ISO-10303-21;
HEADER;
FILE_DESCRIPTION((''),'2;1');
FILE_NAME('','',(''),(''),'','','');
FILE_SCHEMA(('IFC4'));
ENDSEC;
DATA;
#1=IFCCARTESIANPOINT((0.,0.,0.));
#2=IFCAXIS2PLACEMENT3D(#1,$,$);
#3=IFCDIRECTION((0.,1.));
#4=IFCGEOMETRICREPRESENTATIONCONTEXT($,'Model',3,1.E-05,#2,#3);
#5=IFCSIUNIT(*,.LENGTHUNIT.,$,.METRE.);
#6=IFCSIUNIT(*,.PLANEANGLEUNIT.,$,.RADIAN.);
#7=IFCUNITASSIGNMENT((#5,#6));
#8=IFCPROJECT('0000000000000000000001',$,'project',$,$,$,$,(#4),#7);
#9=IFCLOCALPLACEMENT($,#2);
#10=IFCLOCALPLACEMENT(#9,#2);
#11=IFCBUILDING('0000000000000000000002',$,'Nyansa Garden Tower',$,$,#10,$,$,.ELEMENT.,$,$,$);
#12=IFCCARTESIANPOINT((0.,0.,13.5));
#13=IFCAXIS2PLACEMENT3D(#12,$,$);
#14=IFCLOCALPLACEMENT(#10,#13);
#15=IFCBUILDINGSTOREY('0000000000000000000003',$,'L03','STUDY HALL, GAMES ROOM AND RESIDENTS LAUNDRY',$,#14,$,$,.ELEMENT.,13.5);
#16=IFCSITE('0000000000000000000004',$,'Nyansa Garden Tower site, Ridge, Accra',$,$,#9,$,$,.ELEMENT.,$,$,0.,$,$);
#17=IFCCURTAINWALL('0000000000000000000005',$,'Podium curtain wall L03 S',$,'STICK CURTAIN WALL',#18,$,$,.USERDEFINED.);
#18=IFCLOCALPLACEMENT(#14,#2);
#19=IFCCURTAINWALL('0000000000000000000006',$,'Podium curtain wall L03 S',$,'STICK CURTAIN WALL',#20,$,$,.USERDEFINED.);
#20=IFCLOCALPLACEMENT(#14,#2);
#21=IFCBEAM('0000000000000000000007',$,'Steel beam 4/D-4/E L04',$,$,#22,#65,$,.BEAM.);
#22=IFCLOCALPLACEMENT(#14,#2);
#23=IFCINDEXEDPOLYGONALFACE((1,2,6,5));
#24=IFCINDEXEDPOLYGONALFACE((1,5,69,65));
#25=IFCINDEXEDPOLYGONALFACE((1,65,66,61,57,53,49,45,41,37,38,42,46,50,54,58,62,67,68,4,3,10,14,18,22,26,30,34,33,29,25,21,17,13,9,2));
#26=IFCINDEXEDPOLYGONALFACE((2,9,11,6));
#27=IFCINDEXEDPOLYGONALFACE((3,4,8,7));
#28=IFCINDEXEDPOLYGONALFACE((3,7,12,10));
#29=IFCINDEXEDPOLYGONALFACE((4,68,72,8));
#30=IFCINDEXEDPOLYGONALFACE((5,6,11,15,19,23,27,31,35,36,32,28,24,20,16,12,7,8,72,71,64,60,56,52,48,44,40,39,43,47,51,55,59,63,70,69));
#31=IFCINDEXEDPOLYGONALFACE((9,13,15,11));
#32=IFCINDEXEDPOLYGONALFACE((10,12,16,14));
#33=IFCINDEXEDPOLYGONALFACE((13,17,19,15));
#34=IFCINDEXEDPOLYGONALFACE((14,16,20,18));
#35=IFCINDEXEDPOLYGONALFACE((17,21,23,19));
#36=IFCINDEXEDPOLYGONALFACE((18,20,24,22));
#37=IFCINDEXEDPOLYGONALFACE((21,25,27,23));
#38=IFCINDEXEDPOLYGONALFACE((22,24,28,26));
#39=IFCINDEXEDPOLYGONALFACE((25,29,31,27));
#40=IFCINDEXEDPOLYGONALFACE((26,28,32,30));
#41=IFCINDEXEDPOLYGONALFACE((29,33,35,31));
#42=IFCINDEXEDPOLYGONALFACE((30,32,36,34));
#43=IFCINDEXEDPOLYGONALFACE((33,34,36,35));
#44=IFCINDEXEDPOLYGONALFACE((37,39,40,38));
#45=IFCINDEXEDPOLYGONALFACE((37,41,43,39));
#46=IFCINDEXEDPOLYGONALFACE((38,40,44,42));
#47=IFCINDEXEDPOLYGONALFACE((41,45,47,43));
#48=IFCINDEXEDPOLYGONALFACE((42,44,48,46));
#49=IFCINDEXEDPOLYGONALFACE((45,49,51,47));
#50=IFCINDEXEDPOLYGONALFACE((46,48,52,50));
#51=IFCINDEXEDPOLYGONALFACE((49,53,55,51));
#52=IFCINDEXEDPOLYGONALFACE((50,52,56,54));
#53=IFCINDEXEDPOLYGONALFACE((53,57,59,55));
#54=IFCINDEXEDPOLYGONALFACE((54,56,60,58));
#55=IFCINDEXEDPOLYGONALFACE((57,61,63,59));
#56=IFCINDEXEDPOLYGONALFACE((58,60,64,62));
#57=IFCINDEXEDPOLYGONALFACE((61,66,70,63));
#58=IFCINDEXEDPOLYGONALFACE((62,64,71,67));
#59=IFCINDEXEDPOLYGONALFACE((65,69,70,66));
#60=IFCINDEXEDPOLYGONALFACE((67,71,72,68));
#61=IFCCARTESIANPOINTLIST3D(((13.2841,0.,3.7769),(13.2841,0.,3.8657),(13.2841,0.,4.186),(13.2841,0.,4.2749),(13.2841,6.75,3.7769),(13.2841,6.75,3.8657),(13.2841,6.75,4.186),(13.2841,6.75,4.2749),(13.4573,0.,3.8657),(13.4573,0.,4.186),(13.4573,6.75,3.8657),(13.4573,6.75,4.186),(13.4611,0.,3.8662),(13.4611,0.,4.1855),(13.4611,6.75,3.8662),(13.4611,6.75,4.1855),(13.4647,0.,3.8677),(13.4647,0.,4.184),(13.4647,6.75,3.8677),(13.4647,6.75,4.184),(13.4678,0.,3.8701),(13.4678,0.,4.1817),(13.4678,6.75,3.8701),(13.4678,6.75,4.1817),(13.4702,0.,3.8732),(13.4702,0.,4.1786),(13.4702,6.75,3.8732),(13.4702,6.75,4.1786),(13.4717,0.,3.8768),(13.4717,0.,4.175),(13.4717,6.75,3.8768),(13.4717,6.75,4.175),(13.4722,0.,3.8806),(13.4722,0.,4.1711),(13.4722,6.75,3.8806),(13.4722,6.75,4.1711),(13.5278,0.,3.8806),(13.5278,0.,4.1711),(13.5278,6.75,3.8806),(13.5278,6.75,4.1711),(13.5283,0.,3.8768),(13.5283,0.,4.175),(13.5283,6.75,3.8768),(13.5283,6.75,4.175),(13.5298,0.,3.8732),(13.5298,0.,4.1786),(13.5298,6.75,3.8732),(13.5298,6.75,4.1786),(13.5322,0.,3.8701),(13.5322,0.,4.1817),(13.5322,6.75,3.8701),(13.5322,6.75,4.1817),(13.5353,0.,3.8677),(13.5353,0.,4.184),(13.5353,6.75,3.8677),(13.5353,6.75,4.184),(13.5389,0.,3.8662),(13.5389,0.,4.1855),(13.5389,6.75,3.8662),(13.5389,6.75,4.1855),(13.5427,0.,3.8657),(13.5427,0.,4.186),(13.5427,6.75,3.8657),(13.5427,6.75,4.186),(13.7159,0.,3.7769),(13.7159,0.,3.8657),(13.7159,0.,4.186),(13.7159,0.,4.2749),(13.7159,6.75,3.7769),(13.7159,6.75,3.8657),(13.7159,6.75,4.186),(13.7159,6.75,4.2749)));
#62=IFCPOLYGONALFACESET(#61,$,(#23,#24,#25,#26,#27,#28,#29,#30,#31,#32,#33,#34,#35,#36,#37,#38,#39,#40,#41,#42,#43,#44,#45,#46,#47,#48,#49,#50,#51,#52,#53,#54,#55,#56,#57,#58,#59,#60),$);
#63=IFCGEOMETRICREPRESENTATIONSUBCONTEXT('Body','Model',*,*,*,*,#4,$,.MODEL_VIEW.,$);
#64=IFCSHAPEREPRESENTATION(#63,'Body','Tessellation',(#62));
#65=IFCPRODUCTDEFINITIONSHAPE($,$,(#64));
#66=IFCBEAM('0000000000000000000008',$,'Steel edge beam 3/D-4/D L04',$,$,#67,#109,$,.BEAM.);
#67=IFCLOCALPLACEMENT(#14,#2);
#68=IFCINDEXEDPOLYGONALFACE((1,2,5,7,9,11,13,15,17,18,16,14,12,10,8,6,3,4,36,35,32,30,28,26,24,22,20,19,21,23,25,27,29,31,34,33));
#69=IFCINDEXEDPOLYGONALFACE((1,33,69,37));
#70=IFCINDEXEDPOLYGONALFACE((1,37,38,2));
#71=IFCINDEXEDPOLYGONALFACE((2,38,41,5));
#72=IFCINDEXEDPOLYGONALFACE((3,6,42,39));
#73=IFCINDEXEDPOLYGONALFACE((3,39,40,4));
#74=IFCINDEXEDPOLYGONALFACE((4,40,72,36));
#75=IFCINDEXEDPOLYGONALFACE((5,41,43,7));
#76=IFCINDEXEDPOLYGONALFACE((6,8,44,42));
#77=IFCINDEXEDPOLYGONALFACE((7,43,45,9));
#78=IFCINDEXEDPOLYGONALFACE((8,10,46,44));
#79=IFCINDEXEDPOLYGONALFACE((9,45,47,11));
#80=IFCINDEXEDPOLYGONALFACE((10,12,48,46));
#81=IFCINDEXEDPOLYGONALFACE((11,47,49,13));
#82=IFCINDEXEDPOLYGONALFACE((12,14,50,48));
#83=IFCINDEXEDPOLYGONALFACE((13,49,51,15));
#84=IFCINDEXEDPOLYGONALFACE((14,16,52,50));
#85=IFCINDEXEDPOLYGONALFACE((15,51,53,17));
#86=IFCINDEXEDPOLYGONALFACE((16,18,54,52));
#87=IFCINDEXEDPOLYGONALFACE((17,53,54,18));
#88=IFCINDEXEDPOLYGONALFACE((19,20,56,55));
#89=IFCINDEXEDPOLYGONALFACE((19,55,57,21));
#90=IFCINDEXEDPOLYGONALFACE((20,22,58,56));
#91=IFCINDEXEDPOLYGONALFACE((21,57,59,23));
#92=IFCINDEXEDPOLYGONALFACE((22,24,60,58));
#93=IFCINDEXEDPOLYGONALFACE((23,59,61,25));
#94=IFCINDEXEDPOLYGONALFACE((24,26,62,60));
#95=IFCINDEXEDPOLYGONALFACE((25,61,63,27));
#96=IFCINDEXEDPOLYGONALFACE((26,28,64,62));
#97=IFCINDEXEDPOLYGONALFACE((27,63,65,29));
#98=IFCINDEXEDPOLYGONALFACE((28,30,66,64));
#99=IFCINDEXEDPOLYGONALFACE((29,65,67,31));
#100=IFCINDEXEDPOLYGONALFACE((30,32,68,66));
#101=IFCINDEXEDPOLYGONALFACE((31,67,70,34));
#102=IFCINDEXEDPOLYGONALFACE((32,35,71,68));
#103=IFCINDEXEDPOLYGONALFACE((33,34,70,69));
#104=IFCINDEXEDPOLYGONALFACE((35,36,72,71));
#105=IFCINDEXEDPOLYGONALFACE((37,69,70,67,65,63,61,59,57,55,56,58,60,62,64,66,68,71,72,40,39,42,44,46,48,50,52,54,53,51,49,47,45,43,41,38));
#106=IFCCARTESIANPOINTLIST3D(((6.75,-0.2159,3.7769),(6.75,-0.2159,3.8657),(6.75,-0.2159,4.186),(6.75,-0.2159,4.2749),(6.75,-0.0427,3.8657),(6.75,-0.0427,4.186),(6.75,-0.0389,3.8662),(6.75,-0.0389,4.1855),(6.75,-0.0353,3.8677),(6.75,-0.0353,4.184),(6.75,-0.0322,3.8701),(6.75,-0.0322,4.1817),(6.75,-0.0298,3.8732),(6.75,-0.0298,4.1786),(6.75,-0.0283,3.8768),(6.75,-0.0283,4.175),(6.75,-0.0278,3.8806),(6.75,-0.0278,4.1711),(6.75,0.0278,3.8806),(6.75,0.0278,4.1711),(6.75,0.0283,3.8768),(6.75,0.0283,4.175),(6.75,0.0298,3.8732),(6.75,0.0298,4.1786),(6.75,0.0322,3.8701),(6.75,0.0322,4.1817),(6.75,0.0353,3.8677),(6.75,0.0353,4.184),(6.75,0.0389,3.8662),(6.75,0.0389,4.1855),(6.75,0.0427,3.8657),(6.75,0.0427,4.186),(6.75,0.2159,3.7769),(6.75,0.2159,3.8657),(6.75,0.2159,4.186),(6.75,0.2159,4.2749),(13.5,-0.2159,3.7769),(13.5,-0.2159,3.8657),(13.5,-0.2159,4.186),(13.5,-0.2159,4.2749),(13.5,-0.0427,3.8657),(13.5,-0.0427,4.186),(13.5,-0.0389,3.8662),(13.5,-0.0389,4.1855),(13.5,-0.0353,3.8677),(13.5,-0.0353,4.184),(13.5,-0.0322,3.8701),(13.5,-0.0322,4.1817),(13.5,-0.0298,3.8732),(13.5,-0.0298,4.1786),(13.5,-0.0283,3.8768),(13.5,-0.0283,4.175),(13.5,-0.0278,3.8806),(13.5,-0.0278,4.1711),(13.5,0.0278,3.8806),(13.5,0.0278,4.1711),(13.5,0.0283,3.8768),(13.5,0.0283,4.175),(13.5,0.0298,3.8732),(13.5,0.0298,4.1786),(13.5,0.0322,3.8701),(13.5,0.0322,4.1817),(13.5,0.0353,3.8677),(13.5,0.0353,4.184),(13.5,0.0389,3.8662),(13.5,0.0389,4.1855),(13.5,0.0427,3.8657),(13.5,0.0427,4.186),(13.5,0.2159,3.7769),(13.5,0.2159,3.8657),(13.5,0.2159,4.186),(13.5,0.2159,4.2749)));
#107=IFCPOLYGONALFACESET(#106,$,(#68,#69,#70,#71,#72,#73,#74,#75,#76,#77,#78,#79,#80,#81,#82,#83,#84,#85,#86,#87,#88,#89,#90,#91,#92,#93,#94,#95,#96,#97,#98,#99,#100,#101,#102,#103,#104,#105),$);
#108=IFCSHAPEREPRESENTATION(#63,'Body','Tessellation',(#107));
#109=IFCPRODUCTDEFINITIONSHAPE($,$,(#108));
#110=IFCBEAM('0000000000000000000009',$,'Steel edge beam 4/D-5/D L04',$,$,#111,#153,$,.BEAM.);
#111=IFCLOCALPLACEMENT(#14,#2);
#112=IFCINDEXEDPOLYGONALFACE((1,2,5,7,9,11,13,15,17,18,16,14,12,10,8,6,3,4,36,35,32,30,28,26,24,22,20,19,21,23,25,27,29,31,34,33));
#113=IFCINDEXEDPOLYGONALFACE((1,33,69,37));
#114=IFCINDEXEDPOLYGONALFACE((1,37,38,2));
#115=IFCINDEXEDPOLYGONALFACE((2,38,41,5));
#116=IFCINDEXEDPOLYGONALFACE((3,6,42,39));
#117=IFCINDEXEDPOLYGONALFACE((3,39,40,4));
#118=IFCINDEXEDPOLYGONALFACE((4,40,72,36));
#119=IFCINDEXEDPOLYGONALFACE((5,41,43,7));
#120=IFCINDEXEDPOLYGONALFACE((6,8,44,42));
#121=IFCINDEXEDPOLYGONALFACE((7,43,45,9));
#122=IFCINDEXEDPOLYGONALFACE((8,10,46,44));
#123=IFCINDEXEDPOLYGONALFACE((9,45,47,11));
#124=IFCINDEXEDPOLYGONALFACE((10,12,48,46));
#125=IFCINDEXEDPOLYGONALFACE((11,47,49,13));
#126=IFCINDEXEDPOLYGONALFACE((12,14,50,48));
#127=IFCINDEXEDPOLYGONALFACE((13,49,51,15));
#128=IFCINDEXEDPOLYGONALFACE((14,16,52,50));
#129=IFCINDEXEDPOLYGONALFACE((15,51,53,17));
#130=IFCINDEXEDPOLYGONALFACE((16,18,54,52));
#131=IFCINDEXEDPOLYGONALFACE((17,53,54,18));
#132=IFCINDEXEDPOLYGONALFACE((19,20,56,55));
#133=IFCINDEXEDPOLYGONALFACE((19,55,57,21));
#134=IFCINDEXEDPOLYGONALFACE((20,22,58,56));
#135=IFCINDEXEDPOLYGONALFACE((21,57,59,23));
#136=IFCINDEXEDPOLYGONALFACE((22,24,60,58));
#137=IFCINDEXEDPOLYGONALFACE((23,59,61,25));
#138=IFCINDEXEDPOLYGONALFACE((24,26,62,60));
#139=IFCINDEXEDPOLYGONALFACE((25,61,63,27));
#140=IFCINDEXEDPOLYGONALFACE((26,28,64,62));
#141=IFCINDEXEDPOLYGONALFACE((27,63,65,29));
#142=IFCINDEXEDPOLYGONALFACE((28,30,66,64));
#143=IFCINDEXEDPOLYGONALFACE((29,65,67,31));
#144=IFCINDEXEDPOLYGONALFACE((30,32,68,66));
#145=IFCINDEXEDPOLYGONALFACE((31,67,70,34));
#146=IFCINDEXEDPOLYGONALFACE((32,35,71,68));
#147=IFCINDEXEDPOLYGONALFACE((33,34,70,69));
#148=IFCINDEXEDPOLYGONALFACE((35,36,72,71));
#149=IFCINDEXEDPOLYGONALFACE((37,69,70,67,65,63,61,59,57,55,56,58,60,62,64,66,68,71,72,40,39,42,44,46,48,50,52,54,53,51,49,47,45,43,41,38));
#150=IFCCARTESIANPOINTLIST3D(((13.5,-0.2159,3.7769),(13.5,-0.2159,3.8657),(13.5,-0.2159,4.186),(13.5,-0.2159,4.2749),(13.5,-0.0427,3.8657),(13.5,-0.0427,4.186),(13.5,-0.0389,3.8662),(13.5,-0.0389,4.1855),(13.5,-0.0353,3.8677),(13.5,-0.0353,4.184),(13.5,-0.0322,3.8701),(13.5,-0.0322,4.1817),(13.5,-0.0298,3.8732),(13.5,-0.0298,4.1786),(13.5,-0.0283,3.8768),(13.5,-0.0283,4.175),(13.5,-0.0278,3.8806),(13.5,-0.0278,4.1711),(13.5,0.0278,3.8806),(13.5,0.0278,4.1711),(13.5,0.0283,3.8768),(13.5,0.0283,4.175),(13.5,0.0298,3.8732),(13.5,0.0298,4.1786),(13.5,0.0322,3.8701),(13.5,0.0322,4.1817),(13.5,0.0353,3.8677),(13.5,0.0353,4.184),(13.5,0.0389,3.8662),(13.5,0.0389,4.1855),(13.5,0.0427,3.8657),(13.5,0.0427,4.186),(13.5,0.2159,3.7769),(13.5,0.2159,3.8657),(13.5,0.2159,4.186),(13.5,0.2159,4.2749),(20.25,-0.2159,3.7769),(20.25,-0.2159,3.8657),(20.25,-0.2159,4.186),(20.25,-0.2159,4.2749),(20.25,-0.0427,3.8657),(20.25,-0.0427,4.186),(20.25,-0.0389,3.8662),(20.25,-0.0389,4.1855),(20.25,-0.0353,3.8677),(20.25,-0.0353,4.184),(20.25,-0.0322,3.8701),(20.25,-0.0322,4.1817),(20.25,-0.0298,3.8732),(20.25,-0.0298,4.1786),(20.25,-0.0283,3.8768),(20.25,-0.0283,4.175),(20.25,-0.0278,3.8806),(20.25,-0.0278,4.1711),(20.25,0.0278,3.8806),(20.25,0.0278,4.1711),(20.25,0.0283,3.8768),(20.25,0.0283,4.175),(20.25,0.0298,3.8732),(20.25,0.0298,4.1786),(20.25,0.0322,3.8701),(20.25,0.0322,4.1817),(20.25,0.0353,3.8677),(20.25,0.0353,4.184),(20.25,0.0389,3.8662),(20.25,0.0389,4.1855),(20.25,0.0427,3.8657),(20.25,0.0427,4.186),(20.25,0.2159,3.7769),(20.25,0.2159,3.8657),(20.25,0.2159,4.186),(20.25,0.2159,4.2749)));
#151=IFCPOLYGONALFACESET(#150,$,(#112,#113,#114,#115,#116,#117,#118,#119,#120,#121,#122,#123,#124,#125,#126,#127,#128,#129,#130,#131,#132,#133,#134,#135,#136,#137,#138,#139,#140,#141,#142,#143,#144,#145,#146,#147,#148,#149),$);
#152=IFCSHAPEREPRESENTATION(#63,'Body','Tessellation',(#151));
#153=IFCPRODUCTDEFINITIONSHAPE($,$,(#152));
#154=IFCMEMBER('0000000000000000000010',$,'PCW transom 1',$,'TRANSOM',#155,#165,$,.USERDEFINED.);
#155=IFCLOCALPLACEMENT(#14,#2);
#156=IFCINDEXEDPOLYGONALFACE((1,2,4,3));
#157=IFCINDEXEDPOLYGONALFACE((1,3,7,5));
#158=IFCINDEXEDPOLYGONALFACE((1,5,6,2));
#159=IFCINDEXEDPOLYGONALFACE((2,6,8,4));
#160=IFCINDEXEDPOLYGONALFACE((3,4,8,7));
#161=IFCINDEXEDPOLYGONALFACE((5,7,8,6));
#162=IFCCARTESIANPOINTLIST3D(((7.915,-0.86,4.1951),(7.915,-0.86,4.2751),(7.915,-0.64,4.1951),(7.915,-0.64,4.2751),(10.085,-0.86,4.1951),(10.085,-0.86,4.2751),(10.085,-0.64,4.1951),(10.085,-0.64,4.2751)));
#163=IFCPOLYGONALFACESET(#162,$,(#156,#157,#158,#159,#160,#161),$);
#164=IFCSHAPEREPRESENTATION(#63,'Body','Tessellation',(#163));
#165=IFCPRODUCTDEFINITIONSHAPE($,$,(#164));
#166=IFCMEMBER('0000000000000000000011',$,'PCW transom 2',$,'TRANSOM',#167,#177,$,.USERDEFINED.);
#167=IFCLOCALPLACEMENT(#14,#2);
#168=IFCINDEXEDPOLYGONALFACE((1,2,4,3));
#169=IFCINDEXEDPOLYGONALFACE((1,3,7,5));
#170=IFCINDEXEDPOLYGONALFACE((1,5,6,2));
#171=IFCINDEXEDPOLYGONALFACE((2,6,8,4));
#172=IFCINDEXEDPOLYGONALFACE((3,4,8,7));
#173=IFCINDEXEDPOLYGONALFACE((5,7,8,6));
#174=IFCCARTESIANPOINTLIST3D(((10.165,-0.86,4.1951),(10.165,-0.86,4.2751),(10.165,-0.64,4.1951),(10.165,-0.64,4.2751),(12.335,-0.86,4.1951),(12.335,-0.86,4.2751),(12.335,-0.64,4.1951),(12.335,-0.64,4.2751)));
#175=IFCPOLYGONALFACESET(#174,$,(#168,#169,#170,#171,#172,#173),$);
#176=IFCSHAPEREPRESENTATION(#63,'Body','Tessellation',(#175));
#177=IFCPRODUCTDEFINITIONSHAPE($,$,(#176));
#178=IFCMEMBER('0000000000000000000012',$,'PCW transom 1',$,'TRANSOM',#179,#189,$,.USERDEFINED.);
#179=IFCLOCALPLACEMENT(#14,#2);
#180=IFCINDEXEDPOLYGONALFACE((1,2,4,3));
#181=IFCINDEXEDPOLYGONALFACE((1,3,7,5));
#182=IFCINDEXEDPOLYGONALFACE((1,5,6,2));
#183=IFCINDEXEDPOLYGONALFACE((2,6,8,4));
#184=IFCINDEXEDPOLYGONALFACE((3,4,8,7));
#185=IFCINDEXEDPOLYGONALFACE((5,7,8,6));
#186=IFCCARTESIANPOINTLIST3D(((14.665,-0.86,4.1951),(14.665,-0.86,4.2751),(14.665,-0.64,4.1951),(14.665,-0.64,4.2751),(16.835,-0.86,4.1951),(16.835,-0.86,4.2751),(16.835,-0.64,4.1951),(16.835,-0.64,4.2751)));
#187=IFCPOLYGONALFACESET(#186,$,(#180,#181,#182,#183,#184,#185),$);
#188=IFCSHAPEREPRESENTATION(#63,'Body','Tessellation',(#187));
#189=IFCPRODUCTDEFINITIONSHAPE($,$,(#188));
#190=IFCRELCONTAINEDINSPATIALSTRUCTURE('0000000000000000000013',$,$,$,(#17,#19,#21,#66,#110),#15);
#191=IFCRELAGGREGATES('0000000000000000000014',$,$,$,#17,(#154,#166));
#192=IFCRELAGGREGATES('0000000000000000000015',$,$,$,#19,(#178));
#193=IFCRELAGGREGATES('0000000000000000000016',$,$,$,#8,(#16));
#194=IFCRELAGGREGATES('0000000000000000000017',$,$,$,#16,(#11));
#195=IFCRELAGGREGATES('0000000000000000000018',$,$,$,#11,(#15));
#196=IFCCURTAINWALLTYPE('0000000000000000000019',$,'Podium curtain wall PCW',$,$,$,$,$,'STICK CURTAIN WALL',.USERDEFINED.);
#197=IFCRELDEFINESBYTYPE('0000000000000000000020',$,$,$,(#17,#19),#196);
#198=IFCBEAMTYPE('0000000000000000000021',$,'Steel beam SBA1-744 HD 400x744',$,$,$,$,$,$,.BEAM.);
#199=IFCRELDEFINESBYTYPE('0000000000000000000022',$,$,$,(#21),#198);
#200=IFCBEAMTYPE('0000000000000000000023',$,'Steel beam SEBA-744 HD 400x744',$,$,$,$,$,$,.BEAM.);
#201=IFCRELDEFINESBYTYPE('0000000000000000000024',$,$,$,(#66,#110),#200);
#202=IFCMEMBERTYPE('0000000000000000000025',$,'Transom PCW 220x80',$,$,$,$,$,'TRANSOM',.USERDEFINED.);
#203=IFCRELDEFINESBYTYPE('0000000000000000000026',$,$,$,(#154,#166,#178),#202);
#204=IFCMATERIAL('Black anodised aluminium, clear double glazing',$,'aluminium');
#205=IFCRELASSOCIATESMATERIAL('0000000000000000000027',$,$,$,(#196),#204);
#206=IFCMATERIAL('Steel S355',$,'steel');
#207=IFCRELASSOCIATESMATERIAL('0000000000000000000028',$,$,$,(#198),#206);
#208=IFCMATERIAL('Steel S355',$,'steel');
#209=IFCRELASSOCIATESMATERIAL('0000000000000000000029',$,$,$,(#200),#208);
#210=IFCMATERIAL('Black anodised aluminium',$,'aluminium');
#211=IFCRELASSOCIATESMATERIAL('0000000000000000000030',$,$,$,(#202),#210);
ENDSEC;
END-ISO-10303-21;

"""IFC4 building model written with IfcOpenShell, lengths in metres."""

from ifc_helpers import new_model, si_unit, direction, frame, origin, origin_2d, place, context, subcontext, project, spatial, rectangle, i_section, extrude, material, material_profile, profile_set, type_object, element, aggregate, save


model = new_model("IFC4")

# Units and contexts
model_context = context("Model", 3, precision=1e-05, world=origin(), true_north=direction((0.0, 1.0)))
body_context = subcontext(model_context, "Body", "Model", "MODEL_VIEW")
ifc_project = project(units=[si_unit("LENGTHUNIT", "METRE"), si_unit("PLANEANGLEUNIT", "RADIAN")], contexts=[model_context])

# Site, building, storey
site_placement = place(None, origin())
site = spatial("IfcSite", under=ifc_project, at=site_placement, Name="Nyansa Garden Tower site, Ridge, Accra", CompositionType="ELEMENT", RefElevation=0.0)
building_placement = place(site_placement, origin())
building = spatial("IfcBuilding", under=site, at=building_placement, Name="Nyansa Garden Tower", CompositionType="ELEMENT")
storey_placement = place(building_placement, frame((0.0, 0.0, 13.5)))
storey = spatial("IfcBuildingStorey", under=building, at=storey_placement, Name="L03", Description="STUDY HALL, GAMES ROOM AND RESIDENTS LAUNDRY", CompositionType="ELEMENT", Elevation=13.5)

# Curtain walls
ifc_material_1 = material(Name="Black anodised aluminium, clear double glazing", Category="aluminium")
curtain_wall_type = type_object("IfcCurtainWallType", Name="Podium curtain wall PCW", ElementType="STICK CURTAIN WALL", PredefinedType="USERDEFINED", material=ifc_material_1)
curtain_wall_1_placement = place(storey_placement, origin())
curtain_wall_1 = element("IfcCurtainWall", 1, at=curtain_wall_1_placement, inside=storey, type_object=curtain_wall_type, Name="Podium curtain wall L03 S", ObjectType="STICK CURTAIN WALL", PredefinedType="USERDEFINED")
curtain_wall_2_placement = place(storey_placement, origin())
curtain_wall_2 = element("IfcCurtainWall", 2, at=curtain_wall_2_placement, inside=storey, type_object=curtain_wall_type, Name="Podium curtain wall L03 S", ObjectType="STICK CURTAIN WALL", PredefinedType="USERDEFINED")

# Beams
ifc_material_2 = material(Name="Steel S355", Category="steel")
ifc_material_profile_1 = material_profile(ifc_material_2, i_section(OverallWidth=0.4319, OverallDepth=0.498, WebThickness=0.0557, FlangeThickness=0.0889, FilletRadius=0.0149, at=origin_2d()), Name="HD 400x744")
ifc_profile_set_1 = profile_set([ifc_material_profile_1], Name="Steel S355")
beam_type_1 = type_object("IfcBeamType", Name="Steel beam SBA1-744 HD 400x744", PredefinedType="BEAM", material=ifc_profile_set_1)
for number, where, z_axis, x_axis, name in (
    (3, (13.5, 0.0, 4.0259), (0.0, 1.0, 0.0), (-1.0, 0.0, 0.0), "Steel beam 4/D-4/E L04"),
):
    element("IfcBeam", number, at=place(storey_placement, frame(where, z_axis=z_axis, x_axis=x_axis)), inside=storey, type_object=beam_type_1, Name=name, PredefinedType="BEAM", context=body_context, shape_type="SweptSolid", body=[
        extrude(i_section(OverallWidth=0.4319, OverallDepth=0.498, WebThickness=0.0557, FlangeThickness=0.0889, FilletRadius=0.0149, at=origin_2d()), origin(), (0.0, 0.0, 1.0), 6.75),
    ])
ifc_material_3 = material(Name="Steel S355", Category="steel")
ifc_material_profile_2 = material_profile(ifc_material_3, i_section(OverallWidth=0.4319, OverallDepth=0.498, WebThickness=0.0557, FlangeThickness=0.0889, FilletRadius=0.0149, at=origin_2d()), Name="HD 400x744")
ifc_profile_set_2 = profile_set([ifc_material_profile_2], Name="Steel S355")
beam_type_2 = type_object("IfcBeamType", Name="Steel beam SEBA-744 HD 400x744", PredefinedType="BEAM", material=ifc_profile_set_2)
for number, where, z_axis, x_axis, name in (
    (4, (6.75, 0.0, 4.0259), (1.0, 0.0, 0.0), (0.0, 1.0, 0.0), "Steel edge beam 3/D-4/D L04"),
    (5, (13.5, 0.0, 4.0259), (1.0, 0.0, 0.0), (0.0, 1.0, 0.0), "Steel edge beam 4/D-5/D L04"),
):
    element("IfcBeam", number, at=place(storey_placement, frame(where, z_axis=z_axis, x_axis=x_axis)), inside=storey, type_object=beam_type_2, Name=name, PredefinedType="BEAM", context=body_context, shape_type="SweptSolid", body=[
        extrude(i_section(OverallWidth=0.4319, OverallDepth=0.498, WebThickness=0.0557, FlangeThickness=0.0889, FilletRadius=0.0149, at=origin_2d()), origin(), (0.0, 0.0, 1.0), 6.75),
    ])

# Members
ifc_material_4 = material(Name="Black anodised aluminium", Category="aluminium")
ifc_material_profile_3 = material_profile(ifc_material_4, rectangle(XDim=0.22, YDim=0.0801, at=origin_2d()), Name="Transom 220x80")
ifc_profile_set_3 = profile_set([ifc_material_profile_3], Name="Black anodised aluminium")
member_type_1 = type_object("IfcMemberType", Name="Transom PCW 220x80", ElementType="TRANSOM", PredefinedType="USERDEFINED", material=ifc_profile_set_3)
member_1_placement = place(storey_placement, frame((7.915, -0.75, 4.2351), z_axis=(1.0, 0.0, 0.0), x_axis=(0.0, 1.0, 0.0)))
member_1 = element("IfcMember", 6, at=member_1_placement, type_object=member_type_1, Name="PCW transom 1", ObjectType="TRANSOM", PredefinedType="USERDEFINED", context=body_context, shape_type="SweptSolid", body=[
    extrude(rectangle(XDim=0.22, YDim=0.0801, at=origin_2d()), origin(), (0.0, 0.0, 1.0), 2.1699),
])
member_2_placement = place(storey_placement, frame((10.165, -0.75, 4.2351), z_axis=(1.0, 0.0, 0.0), x_axis=(0.0, 1.0, 0.0)))
member_2 = element("IfcMember", 7, at=member_2_placement, type_object=member_type_1, Name="PCW transom 2", ObjectType="TRANSOM", PredefinedType="USERDEFINED", context=body_context, shape_type="SweptSolid", body=[
    extrude(rectangle(XDim=0.22, YDim=0.0801, at=origin_2d()), origin(), (0.0, 0.0, 1.0), 2.1699),
])
member_3_placement = place(storey_placement, frame((14.665, -0.75, 4.2351), z_axis=(1.0, 0.0, 0.0), x_axis=(0.0, 1.0, 0.0)))
member_3 = element("IfcMember", 8, at=member_3_placement, type_object=member_type_1, Name="PCW transom 1", ObjectType="TRANSOM", PredefinedType="USERDEFINED", context=body_context, shape_type="SweptSolid", body=[
    extrude(rectangle(XDim=0.22, YDim=0.0801, at=origin_2d()), origin(), (0.0, 0.0, 1.0), 2.1699),
])

aggregate(curtain_wall_1, [member_1, member_2])
aggregate(curtain_wall_2, [member_3])

save(model, "model.ifc")
